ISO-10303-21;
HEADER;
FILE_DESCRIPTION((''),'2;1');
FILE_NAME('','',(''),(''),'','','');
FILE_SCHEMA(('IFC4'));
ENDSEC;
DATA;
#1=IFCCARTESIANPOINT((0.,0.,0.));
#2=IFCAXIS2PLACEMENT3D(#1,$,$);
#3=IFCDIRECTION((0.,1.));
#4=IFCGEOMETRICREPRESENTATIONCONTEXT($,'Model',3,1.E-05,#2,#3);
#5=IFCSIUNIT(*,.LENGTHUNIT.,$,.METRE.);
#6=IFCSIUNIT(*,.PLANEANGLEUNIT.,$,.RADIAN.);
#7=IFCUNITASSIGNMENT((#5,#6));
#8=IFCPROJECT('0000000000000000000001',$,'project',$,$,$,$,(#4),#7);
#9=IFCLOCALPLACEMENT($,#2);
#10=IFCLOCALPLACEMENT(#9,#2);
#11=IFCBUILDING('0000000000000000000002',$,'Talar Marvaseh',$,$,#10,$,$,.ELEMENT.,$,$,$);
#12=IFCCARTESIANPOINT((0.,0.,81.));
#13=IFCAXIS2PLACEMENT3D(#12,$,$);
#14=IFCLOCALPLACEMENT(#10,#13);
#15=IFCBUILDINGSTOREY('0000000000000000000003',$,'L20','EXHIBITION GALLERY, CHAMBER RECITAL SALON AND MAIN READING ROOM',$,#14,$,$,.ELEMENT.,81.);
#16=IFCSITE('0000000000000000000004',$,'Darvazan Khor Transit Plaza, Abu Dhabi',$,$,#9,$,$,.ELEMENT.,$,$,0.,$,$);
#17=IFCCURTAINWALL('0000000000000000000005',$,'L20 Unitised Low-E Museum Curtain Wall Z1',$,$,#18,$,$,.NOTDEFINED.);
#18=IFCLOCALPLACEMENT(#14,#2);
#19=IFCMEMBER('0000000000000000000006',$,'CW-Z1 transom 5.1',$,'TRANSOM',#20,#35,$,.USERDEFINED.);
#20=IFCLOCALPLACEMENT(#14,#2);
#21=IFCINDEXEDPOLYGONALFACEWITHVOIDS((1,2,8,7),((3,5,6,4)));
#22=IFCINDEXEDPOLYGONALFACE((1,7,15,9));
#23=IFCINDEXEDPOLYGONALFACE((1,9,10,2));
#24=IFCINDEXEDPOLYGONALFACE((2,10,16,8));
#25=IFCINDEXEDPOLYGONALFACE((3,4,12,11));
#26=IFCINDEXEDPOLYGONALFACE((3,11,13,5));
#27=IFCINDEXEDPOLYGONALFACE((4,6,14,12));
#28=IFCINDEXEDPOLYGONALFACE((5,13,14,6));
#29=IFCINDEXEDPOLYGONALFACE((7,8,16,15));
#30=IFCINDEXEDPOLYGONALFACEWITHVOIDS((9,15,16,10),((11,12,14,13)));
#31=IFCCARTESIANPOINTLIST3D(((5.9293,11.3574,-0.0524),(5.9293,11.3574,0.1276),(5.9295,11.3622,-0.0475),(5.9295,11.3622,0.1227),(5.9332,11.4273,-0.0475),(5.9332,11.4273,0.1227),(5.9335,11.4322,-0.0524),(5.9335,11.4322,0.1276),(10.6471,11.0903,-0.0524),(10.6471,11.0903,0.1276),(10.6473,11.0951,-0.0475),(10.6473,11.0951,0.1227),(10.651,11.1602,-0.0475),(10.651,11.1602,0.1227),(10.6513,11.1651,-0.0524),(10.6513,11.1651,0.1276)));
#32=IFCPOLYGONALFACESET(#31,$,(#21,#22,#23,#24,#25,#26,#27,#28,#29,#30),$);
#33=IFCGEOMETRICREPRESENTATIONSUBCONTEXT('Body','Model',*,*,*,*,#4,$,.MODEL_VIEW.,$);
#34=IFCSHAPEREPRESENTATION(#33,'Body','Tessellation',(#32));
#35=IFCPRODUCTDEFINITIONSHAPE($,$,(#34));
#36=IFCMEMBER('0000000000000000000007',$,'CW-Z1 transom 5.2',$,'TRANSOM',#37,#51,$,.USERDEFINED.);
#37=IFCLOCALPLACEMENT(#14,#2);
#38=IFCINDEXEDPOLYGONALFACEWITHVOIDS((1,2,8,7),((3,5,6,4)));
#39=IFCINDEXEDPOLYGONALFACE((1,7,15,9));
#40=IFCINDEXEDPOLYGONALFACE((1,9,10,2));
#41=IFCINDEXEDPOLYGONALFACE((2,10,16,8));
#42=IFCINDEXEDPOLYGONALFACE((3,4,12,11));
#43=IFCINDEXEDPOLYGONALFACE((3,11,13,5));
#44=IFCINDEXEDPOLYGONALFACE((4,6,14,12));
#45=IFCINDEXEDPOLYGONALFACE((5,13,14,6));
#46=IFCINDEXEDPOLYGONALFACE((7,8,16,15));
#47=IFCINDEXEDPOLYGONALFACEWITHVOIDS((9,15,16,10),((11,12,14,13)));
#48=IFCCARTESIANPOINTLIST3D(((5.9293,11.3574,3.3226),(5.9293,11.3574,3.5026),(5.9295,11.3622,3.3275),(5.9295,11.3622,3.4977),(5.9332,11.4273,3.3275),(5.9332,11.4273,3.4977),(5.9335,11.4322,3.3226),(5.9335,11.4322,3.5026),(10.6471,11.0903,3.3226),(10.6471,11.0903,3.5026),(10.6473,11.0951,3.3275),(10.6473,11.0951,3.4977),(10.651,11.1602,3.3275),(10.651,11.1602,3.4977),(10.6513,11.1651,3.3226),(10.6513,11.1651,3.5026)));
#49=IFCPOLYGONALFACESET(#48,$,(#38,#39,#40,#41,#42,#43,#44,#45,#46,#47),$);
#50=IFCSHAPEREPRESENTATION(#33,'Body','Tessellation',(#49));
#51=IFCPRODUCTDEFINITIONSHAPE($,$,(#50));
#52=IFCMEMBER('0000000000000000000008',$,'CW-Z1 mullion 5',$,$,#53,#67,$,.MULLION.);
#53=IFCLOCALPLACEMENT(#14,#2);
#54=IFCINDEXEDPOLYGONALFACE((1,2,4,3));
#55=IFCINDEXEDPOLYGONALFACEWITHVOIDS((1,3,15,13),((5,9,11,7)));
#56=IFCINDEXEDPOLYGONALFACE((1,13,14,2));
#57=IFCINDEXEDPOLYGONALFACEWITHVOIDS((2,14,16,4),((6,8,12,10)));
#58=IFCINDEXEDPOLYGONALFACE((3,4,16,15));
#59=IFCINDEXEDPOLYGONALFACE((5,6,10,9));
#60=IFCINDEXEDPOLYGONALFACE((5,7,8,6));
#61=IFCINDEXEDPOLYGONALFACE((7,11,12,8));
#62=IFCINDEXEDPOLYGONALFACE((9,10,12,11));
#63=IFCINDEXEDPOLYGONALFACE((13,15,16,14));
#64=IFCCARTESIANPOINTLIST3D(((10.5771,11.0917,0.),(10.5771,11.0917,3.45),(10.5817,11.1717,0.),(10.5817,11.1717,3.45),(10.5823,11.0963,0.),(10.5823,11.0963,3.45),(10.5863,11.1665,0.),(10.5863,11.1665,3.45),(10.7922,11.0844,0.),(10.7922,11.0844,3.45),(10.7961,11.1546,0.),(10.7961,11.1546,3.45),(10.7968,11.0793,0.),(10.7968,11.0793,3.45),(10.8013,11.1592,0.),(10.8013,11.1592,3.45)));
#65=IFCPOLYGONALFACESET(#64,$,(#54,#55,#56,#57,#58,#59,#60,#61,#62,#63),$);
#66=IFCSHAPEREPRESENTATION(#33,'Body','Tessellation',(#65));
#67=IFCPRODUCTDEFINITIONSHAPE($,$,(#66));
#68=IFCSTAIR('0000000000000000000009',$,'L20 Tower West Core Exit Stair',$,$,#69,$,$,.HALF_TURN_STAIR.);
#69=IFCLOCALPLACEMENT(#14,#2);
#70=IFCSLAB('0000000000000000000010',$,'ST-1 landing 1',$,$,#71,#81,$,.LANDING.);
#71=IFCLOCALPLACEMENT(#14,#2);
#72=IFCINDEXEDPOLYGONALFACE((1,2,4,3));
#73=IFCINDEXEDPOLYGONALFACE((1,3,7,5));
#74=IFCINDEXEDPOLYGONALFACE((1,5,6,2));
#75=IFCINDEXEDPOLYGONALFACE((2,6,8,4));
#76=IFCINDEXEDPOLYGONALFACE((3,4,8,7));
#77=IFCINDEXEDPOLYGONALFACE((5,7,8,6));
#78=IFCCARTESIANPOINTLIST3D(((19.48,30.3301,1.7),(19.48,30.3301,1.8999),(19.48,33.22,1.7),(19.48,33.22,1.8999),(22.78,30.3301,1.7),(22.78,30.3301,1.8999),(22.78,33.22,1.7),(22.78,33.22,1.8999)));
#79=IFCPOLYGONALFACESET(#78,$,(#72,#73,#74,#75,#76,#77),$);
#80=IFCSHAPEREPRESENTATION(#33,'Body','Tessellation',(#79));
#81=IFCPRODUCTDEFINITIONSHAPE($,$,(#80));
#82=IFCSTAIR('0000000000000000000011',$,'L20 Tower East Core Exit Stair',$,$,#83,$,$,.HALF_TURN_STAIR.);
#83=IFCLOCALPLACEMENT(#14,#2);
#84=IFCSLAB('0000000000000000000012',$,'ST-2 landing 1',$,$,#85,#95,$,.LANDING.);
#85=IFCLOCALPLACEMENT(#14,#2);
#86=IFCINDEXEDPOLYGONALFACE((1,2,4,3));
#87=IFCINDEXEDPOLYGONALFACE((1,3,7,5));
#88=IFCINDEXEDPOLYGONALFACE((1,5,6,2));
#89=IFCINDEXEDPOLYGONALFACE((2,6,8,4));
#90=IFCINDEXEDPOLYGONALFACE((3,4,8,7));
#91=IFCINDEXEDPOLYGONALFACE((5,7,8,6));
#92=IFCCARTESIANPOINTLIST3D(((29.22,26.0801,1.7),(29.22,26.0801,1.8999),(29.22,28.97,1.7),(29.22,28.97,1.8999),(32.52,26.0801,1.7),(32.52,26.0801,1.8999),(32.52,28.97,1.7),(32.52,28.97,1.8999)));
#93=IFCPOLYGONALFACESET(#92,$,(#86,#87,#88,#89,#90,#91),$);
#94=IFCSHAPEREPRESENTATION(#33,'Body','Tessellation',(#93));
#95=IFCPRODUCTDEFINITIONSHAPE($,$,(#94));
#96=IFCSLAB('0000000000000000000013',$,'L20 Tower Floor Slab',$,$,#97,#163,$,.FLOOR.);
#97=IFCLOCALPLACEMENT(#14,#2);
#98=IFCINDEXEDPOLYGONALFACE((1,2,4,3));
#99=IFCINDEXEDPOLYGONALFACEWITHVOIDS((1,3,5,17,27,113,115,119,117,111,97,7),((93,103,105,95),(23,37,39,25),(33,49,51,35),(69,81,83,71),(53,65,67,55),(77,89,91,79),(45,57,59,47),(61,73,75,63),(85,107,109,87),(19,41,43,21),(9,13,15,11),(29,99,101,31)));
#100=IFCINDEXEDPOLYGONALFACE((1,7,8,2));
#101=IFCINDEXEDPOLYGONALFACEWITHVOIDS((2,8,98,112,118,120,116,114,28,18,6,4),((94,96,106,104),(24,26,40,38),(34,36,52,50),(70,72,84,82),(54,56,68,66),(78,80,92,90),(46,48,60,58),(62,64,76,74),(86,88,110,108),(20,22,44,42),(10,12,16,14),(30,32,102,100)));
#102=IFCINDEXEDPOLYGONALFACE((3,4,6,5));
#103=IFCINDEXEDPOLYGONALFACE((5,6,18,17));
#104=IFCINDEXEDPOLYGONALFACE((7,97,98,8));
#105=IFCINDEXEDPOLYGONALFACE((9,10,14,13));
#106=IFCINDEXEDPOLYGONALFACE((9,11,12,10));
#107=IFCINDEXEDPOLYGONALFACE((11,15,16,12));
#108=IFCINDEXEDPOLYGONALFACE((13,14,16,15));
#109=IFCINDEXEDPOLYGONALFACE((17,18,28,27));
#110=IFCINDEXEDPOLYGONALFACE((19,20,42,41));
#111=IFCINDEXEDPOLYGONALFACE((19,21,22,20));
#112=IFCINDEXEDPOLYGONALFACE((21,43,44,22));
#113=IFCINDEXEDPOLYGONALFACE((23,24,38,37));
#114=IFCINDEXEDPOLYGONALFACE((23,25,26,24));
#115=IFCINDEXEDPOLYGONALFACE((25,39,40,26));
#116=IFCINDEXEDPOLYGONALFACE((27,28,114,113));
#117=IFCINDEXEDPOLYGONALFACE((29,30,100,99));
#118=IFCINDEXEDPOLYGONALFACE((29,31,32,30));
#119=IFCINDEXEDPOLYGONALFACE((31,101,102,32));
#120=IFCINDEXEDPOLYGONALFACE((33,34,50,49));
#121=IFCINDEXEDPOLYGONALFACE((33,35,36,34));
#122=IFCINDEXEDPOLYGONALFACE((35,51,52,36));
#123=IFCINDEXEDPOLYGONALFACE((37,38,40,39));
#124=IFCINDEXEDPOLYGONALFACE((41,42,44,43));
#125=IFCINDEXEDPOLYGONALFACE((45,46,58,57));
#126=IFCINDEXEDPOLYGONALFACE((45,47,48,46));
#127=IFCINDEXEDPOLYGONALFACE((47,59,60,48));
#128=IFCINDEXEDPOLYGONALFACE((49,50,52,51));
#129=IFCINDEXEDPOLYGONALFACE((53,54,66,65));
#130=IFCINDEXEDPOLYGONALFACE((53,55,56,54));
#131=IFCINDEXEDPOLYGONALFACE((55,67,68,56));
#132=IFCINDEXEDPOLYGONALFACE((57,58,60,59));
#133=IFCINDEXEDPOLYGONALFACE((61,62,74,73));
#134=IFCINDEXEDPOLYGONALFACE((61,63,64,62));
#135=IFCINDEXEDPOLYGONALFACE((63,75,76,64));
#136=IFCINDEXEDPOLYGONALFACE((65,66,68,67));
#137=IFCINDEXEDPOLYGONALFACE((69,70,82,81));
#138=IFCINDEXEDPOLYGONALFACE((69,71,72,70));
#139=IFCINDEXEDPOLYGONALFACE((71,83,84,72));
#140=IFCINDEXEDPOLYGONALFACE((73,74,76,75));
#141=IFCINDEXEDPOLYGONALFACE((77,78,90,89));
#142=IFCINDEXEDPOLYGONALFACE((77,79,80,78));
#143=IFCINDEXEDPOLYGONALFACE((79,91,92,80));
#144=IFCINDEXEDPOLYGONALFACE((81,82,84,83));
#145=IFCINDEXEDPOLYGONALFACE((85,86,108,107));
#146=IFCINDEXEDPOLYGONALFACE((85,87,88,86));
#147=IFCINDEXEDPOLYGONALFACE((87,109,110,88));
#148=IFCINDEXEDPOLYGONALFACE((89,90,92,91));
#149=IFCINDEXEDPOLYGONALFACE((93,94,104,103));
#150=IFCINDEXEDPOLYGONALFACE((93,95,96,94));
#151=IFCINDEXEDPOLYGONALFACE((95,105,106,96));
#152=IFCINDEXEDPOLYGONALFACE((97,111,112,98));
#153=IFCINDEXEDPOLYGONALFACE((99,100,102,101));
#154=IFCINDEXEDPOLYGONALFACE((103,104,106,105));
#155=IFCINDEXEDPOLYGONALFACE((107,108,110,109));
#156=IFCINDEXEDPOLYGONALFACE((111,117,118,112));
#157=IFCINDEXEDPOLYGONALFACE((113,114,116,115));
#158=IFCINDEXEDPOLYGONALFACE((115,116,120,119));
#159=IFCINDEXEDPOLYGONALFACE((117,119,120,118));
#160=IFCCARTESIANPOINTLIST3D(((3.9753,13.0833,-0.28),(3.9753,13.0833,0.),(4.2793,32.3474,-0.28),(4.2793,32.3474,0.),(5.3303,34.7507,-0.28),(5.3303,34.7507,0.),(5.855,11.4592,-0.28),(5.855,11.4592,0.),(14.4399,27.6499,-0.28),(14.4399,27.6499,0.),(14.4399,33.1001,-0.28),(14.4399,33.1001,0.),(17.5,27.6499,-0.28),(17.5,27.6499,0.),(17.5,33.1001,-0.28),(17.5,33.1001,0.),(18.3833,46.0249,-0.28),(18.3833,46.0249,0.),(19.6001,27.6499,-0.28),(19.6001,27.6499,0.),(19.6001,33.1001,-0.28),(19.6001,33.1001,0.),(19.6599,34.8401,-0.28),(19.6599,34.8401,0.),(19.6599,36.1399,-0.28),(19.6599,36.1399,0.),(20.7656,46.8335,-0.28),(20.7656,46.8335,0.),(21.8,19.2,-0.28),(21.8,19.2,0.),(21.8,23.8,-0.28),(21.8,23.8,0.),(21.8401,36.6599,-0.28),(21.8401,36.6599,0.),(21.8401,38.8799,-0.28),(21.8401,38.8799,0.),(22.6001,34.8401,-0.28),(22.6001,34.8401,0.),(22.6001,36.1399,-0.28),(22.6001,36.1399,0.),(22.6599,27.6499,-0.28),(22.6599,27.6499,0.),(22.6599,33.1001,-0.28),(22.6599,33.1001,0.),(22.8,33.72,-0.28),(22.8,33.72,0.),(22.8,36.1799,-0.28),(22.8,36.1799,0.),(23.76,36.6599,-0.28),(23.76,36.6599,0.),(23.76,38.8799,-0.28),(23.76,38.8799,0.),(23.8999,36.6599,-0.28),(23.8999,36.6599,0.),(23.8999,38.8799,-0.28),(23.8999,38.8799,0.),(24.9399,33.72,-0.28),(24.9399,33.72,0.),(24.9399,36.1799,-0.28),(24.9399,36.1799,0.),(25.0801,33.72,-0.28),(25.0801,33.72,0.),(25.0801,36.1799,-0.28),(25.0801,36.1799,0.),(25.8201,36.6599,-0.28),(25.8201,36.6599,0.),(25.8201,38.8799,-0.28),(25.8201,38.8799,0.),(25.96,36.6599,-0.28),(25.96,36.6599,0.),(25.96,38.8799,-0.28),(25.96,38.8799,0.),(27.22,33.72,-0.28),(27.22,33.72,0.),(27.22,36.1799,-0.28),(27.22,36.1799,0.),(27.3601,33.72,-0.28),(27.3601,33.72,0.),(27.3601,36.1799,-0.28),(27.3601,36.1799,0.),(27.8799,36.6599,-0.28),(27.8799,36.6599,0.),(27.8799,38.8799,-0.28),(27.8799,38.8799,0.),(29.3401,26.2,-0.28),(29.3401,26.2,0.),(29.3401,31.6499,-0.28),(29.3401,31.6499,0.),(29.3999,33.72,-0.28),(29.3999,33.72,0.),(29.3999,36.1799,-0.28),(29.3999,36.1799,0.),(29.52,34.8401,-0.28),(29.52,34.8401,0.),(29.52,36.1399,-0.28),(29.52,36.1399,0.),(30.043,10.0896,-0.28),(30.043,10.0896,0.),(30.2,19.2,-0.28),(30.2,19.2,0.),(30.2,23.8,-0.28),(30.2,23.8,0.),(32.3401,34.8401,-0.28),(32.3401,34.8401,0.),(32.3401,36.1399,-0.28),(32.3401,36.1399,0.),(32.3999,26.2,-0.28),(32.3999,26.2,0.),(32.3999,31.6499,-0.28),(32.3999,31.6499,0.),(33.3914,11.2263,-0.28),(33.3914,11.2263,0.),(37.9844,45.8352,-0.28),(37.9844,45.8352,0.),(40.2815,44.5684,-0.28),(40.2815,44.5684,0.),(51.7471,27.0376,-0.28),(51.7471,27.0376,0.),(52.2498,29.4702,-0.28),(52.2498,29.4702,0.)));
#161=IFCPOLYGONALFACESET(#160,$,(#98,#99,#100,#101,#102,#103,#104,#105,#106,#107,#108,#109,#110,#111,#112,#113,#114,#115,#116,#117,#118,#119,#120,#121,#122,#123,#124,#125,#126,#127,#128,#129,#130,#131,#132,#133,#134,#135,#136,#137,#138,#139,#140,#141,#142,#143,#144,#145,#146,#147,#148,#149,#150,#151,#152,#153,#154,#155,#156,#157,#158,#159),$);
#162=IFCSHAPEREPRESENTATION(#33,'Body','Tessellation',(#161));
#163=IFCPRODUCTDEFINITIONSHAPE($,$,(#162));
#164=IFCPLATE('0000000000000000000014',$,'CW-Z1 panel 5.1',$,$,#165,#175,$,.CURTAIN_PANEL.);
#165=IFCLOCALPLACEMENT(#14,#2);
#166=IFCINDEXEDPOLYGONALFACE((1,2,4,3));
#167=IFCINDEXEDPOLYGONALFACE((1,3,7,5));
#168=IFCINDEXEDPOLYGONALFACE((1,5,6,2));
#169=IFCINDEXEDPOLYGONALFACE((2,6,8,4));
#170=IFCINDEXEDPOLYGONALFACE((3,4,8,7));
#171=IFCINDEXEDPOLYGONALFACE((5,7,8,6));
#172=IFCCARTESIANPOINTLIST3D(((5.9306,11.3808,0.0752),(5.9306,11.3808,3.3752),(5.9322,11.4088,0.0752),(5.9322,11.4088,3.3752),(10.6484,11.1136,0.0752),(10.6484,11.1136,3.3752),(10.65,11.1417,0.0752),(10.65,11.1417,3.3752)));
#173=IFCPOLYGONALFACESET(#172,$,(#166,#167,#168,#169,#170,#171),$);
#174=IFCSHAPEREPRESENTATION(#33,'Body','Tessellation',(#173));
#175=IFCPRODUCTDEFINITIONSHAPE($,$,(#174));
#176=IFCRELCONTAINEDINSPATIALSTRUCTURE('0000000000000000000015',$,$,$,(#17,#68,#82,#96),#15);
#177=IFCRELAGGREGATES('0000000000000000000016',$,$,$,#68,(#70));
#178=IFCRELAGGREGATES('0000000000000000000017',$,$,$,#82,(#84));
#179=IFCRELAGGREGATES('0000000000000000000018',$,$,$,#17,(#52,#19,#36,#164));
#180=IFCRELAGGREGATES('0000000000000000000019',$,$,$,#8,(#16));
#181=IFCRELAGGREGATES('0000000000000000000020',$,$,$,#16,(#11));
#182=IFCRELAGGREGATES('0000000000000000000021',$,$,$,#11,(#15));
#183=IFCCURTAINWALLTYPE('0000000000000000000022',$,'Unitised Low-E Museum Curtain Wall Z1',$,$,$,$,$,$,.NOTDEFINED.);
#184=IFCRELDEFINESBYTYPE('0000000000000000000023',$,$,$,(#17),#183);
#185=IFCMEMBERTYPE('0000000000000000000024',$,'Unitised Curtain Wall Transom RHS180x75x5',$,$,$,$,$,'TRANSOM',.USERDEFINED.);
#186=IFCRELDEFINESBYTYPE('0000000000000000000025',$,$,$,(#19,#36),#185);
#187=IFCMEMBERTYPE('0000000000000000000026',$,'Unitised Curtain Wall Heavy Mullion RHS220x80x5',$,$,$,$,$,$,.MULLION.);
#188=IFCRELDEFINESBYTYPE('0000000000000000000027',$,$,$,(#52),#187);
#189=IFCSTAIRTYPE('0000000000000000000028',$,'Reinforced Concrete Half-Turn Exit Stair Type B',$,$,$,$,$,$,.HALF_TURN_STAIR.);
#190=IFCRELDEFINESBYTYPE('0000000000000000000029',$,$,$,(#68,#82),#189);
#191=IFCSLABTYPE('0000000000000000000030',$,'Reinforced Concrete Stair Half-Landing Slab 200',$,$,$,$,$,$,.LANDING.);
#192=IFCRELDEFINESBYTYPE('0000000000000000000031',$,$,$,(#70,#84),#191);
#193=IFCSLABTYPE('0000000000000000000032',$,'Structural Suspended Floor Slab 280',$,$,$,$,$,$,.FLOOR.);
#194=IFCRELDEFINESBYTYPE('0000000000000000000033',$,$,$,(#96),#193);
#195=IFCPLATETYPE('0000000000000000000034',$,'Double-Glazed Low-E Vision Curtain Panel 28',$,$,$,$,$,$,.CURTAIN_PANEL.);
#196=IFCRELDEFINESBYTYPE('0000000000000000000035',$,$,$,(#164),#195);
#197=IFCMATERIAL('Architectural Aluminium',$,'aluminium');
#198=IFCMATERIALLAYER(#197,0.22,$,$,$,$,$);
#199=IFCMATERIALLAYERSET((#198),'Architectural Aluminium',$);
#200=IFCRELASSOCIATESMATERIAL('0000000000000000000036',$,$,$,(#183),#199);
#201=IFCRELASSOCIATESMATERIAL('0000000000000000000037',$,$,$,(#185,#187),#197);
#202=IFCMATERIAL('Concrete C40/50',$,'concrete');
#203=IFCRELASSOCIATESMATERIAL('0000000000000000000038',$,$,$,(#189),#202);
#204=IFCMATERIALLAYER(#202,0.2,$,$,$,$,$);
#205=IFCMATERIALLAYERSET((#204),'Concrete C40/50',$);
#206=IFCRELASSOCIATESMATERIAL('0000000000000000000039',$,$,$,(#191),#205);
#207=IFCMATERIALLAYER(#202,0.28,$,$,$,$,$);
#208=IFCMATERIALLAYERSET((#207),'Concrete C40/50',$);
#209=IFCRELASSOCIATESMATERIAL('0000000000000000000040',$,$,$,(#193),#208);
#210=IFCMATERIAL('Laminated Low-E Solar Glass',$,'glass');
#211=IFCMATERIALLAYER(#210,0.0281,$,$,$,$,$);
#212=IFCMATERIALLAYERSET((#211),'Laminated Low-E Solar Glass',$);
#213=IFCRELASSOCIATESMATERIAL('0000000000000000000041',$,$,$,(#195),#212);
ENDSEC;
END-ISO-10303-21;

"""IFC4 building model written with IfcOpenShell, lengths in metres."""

from ifc_helpers import new_model, si_unit, direction, frame, origin, origin_2d, place, context, subcontext, project, spatial, polyline, rectangle, hollow_rectangle, outline, extrude, source, transform, mapped, material, layer, layer_set, material_profile, profile_set, type_object, type_shapes, element, aggregate, save


model = new_model("IFC4")

# Units and contexts
model_context = context("Model", 3, precision=1e-05, world=origin(), true_north=direction((0.0, 1.0)))
body_context = subcontext(model_context, "Body", "Model", "MODEL_VIEW")
ifc_project = project(units=[si_unit("LENGTHUNIT", "METRE"), si_unit("PLANEANGLEUNIT", "RADIAN")], contexts=[model_context])

# Site, building, storey
site_placement = place(None, origin())
site = spatial("IfcSite", under=ifc_project, at=site_placement, Name="Darvazan Khor Transit Plaza, Abu Dhabi", CompositionType="ELEMENT", RefElevation=0.0)
building_placement = place(site_placement, origin())
building = spatial("IfcBuilding", under=site, at=building_placement, Name="Talar Marvaseh", CompositionType="ELEMENT")
storey_placement = place(building_placement, frame((0.0, 0.0, 81.0)))
storey = spatial("IfcBuildingStorey", under=building, at=storey_placement, Name="L20", Description="EXHIBITION GALLERY, CHAMBER RECITAL SALON AND MAIN READING ROOM", CompositionType="ELEMENT", Elevation=81.0)

# Curtain wall, members
ifc_material_1 = material(Name="Architectural Aluminium", Category="aluminium")
ifc_layer_1 = layer(ifc_material_1, 0.22)
ifc_layer_set_1 = layer_set([ifc_layer_1], Name="Architectural Aluminium")
curtain_wall_type = type_object("IfcCurtainWallType", Name="Unitised Low-E Museum Curtain Wall Z1", PredefinedType="NOTDEFINED", material=ifc_layer_set_1)
curtain_wall_placement = place(storey_placement, origin())
curtain_wall = element("IfcCurtainWall", 1, at=curtain_wall_placement, inside=storey, type_object=curtain_wall_type, Name="L20 Unitised Low-E Museum Curtain Wall Z1", PredefinedType="NOTDEFINED")
ifc_material_profile_1 = material_profile(ifc_material_1, hollow_rectangle(XDim=0.075, YDim=0.1799, WallThickness=0.0049, at=origin_2d()), Name="RHS180x75x5")
ifc_profile_set_1 = profile_set([ifc_material_profile_1], Name="Architectural Aluminium")
member_type_1 = type_object("IfcMemberType", Name="Unitised Curtain Wall Transom RHS180x75x5", ElementType="TRANSOM", PredefinedType="USERDEFINED", material=ifc_profile_set_1)
shared_shape_1 = source(origin(), body_context, "Body", "SweptSolid", [
    extrude(hollow_rectangle(XDim=0.075, YDim=0.1799, WallThickness=0.0049, at=origin_2d()), origin(), (0.0, 0.0, 1.0), 4.7253),
])
type_shapes(member_type_1, [shared_shape_1])
member_1_placement = place(storey_placement, frame((10.6492, 11.1277, 0.0376), z_axis=(-0.998401, 0.056523, 0.0), x_axis=(-0.056523, -0.998401, 0.0)))
member_1 = element("IfcMember", 2, at=member_1_placement, type_object=member_type_1, Name="CW-Z1 transom 5.1", ObjectType="TRANSOM", PredefinedType="USERDEFINED", context=body_context, shape_type="MappedRepresentation", body=[
    mapped(shared_shape_1, transform((0.0, 0.0, 0.0), x_axis=(1.0, 0.0, 0.0), y_axis=(0.0, 1.0, 0.0), z_axis=(0.0, 0.0, 1.0), scale=1.0)),
])
member_2_placement = place(storey_placement, frame((10.6492, 11.1277, 3.4126), z_axis=(-0.998401, 0.056523, 0.0), x_axis=(-0.056523, -0.998401, 0.0)))
member_2 = element("IfcMember", 3, at=member_2_placement, type_object=member_type_1, Name="CW-Z1 transom 5.2", ObjectType="TRANSOM", PredefinedType="USERDEFINED", context=body_context, shape_type="MappedRepresentation", body=[
    mapped(shared_shape_1, transform((0.0, 0.0, 0.0), x_axis=(1.0, 0.0, 0.0), y_axis=(0.0, 1.0, 0.0), z_axis=(0.0, 0.0, 1.0), scale=1.0)),
])
ifc_material_profile_2 = material_profile(ifc_material_1, hollow_rectangle(XDim=0.0801, YDim=0.22, WallThickness=0.0049, at=origin_2d()), Name="RHS220x80x5")
ifc_profile_set_2 = profile_set([ifc_material_profile_2], Name="Architectural Aluminium")
member_type_2 = type_object("IfcMemberType", Name="Unitised Curtain Wall Heavy Mullion RHS220x80x5", PredefinedType="MULLION", material=ifc_profile_set_2)
shared_shape_2 = source(origin(), body_context, "Body", "SweptSolid", [
    extrude(hollow_rectangle(XDim=0.0801, YDim=0.22, WallThickness=0.0049, at=origin_2d()), origin(), (0.0, 0.0, 1.0), 3.45),
])
type_shapes(member_type_2, [shared_shape_2])
member_3_placement = place(storey_placement, frame((10.6892, 11.1255, 0.0), z_axis=(0.0, 0.0, 1.0), x_axis=(-0.056537, -0.998401, 0.0)))
member_3 = element("IfcMember", 4, at=member_3_placement, type_object=member_type_2, Name="CW-Z1 mullion 5", PredefinedType="MULLION", context=body_context, shape_type="MappedRepresentation", body=[
    mapped(shared_shape_2, transform((0.0, 0.0, 0.0), x_axis=(1.0, 0.0, 0.0), y_axis=(0.0, 1.0, 0.0), z_axis=(0.0, 0.0, 1.0), scale=1.0)),
])

# Stairs, slabs
ifc_material_2 = material(Name="Concrete C40/50", Category="concrete")
stair_type = type_object("IfcStairType", Name="Reinforced Concrete Half-Turn Exit Stair Type B", PredefinedType="HALF_TURN_STAIR", material=ifc_material_2)
stair_1_placement = place(storey_placement, origin())
stair_1 = element("IfcStair", 5, at=stair_1_placement, inside=storey, type_object=stair_type, Name="L20 Tower West Core Exit Stair", PredefinedType="HALF_TURN_STAIR")
ifc_layer_2 = layer(ifc_material_2, 0.2)
ifc_layer_set_2 = layer_set([ifc_layer_2], Name="Concrete C40/50")
slab_type_1 = type_object("IfcSlabType", Name="Reinforced Concrete Stair Half-Landing Slab 200", PredefinedType="LANDING", material=ifc_layer_set_2)
slab_1_placement = place(storey_placement, frame((0.0, 0.0, 1.7)))
slab_1 = element("IfcSlab", 6, at=slab_1_placement, type_object=slab_type_1, Name="ST-1 landing 1", PredefinedType="LANDING", context=body_context, shape_type="SweptSolid", body=[
    extrude(outline(polyline([(22.78, 30.3301), (22.78, 33.22), (19.48, 33.22), (19.48, 30.3301), (22.78, 30.3301)])), origin(), (0.0, 0.0, 1.0), 0.2),
])
aggregate(stair_1, [slab_1])
stair_2_placement = place(storey_placement, origin())
stair_2 = element("IfcStair", 7, at=stair_2_placement, inside=storey, type_object=stair_type, Name="L20 Tower East Core Exit Stair", PredefinedType="HALF_TURN_STAIR")
slab_2_placement = place(storey_placement, frame((0.0, 0.0, 1.7)))
slab_2 = element("IfcSlab", 8, at=slab_2_placement, type_object=slab_type_1, Name="ST-2 landing 1", PredefinedType="LANDING", context=body_context, shape_type="SweptSolid", body=[
    extrude(outline(polyline([(29.22, 28.97), (29.22, 26.0801), (32.52, 26.0801), (32.52, 28.97), (29.22, 28.97)])), origin(), (0.0, 0.0, 1.0), 0.2),
])
aggregate(stair_2, [slab_2])

# Slab
ifc_layer_3 = layer(ifc_material_2, 0.28)
ifc_layer_set_3 = layer_set([ifc_layer_3], Name="Concrete C40/50")
slab_type_2 = type_object("IfcSlabType", Name="Structural Suspended Floor Slab 280", PredefinedType="FLOOR", material=ifc_layer_set_3)
slab_3_placement = place(storey_placement, frame((0.0, 0.0, -0.28)))
element("IfcSlab", 9, at=slab_3_placement, inside=storey, type_object=slab_type_2, Name="L20 Tower Floor Slab", PredefinedType="FLOOR", context=body_context, shape_type="SweptSolid", body=[
    extrude(outline(polyline([(5.855, 11.4592), (3.9753, 13.0833), (4.2793, 32.3474), (5.3303, 34.7507), (18.3833, 46.0249), (20.7656, 46.8335), (37.9844, 45.8352), (40.2815, 44.5684), (52.2498, 29.4702), (51.7471, 27.0376), (33.3914, 11.2263), (30.043, 10.0896), (5.855, 11.4592)]), holes=[polyline([(22.6599, 27.6499), (22.6599, 33.1001), (19.6001, 33.1001), (19.6001, 27.6499), (22.6599, 27.6499)]), polyline([(29.3401, 31.6499), (29.3401, 26.2), (32.3999, 26.2), (32.3999, 31.6499), (29.3401, 31.6499)]), polyline([(17.5, 27.6499), (17.5, 33.1001), (14.4399, 33.1001), (14.4399, 27.6499), (17.5, 27.6499)]), polyline([(22.8, 33.72), (24.9399, 33.72), (24.9399, 36.1799), (22.8, 36.1799), (22.8, 33.72)]), polyline([(25.0801, 33.72), (27.22, 33.72), (27.22, 36.1799), (25.0801, 36.1799), (25.0801, 33.72)]), polyline([(27.3601, 33.72), (29.3999, 33.72), (29.3999, 36.1799), (27.3601, 36.1799), (27.3601, 33.72)]), polyline([(21.8401, 36.6599), (23.76, 36.6599), (23.76, 38.8799), (21.8401, 38.8799), (21.8401, 36.6599)]), polyline([(23.8999, 36.6599), (25.8201, 36.6599), (25.8201, 38.8799), (23.8999, 38.8799), (23.8999, 36.6599)]), polyline([(25.96, 36.6599), (27.8799, 36.6599), (27.8799, 38.8799), (25.96, 38.8799), (25.96, 36.6599)]), polyline([(19.6599, 34.8401), (22.6001, 34.8401), (22.6001, 36.1399), (19.6599, 36.1399), (19.6599, 34.8401)]), polyline([(29.52, 34.8401), (32.3401, 34.8401), (32.3401, 36.1399), (29.52, 36.1399), (29.52, 34.8401)]), polyline([(21.8, 19.2), (30.2, 19.2), (30.2, 23.8), (21.8, 23.8), (21.8, 19.2)])]), origin(), (0.0, 0.0, 1.0), 0.28),
])

# Plate
ifc_material_3 = material(Name="Laminated Low-E Solar Glass", Category="glass")
ifc_layer_4 = layer(ifc_material_3, 0.0281)
ifc_layer_set_4 = layer_set([ifc_layer_4], Name="Laminated Low-E Solar Glass")
plate_type = type_object("IfcPlateType", Name="Double-Glazed Low-E Vision Curtain Panel 28", PredefinedType="CURTAIN_PANEL", material=ifc_layer_set_4)
shared_shape_3 = source(origin(), body_context, "Body", "SweptSolid", [
    extrude(rectangle(XDim=4.7253, YDim=0.0281, at=origin_2d()), origin(), (0.0, 0.0, 1.0), 3.3),
])
type_shapes(plate_type, [shared_shape_3])
plate_placement = place(storey_placement, frame((8.2903, 11.2612, 0.0752), z_axis=(0.0, 0.0, 1.0), x_axis=(-0.998401, 0.056537, 0.0)))
plate = element("IfcPlate", 10, at=plate_placement, type_object=plate_type, Name="CW-Z1 panel 5.1", PredefinedType="CURTAIN_PANEL", context=body_context, shape_type="MappedRepresentation", body=[
    mapped(shared_shape_3, transform((0.0, 0.0, 0.0), x_axis=(1.0, 0.0, 0.0), y_axis=(0.0, 1.0, 0.0), z_axis=(0.0, 0.0, 1.0), scale=1.0)),
])
aggregate(curtain_wall, [member_3, member_1, member_2, plate])

save(model, "model.ifc")
